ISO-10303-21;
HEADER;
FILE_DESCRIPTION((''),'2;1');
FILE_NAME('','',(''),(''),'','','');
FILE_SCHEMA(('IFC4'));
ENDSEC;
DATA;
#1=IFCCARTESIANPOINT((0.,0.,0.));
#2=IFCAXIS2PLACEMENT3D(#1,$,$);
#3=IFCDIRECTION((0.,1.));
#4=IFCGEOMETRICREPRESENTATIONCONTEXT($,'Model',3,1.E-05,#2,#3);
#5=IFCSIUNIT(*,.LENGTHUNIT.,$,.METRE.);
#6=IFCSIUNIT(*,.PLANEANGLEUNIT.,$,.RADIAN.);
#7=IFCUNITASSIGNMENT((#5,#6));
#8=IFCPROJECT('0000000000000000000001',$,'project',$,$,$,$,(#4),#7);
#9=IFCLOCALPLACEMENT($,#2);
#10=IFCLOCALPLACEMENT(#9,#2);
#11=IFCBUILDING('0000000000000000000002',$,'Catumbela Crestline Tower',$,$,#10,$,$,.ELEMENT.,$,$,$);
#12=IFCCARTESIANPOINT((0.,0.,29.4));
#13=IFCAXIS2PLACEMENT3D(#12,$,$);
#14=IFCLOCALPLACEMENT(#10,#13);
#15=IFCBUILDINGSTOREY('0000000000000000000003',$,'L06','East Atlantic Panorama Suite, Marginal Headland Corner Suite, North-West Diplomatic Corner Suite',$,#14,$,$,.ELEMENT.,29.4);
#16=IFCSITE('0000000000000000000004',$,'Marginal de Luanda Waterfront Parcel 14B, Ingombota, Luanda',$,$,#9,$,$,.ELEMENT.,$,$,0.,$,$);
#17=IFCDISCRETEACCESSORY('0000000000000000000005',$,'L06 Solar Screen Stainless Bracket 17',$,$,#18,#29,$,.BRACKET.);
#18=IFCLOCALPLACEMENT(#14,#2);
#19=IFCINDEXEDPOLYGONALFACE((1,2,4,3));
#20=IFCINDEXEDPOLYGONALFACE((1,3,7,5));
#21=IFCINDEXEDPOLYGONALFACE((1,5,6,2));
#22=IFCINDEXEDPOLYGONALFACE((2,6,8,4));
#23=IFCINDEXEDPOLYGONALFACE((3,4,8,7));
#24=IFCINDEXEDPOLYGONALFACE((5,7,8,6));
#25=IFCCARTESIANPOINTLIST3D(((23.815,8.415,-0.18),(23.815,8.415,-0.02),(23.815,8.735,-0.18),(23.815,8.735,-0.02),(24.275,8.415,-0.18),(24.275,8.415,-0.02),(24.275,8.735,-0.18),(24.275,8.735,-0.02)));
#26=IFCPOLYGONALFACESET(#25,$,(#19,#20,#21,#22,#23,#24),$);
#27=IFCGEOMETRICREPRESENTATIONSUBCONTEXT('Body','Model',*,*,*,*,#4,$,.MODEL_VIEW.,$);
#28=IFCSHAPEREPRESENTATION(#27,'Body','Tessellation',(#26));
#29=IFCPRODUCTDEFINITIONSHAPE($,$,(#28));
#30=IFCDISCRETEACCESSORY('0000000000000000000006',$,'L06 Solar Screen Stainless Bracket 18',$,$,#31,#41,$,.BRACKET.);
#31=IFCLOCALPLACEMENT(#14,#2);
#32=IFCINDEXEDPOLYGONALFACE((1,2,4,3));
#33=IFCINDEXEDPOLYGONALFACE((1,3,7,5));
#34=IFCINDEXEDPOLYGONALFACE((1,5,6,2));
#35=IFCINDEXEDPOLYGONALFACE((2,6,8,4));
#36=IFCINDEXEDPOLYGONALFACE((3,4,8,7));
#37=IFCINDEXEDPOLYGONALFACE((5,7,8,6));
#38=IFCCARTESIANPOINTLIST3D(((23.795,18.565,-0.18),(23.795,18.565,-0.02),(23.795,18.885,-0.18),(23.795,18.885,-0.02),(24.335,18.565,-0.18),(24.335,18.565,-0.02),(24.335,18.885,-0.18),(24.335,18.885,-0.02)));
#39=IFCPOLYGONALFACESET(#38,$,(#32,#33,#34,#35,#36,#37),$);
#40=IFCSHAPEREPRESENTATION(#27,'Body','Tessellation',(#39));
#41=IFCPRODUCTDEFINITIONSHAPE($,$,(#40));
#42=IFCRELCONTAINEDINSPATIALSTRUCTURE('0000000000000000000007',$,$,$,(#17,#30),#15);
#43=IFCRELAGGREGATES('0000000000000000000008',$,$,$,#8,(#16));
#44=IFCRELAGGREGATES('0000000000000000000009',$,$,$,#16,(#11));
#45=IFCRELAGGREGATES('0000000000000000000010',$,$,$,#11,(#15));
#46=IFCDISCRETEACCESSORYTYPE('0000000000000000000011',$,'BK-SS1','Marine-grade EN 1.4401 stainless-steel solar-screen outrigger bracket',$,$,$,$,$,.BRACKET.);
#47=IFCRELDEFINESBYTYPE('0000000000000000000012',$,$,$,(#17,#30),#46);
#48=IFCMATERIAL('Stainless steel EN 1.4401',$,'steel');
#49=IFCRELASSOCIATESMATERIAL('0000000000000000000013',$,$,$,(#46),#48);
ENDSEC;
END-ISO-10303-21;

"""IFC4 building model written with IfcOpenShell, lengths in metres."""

from ifc_helpers import new_model, si_unit, direction, frame, origin, origin_2d, place, context, subcontext, project, spatial, rectangle, extrude, material, type_object, element, save


model = new_model("IFC4")

# Units and contexts
model_context = context("Model", 3, precision=1e-05, world=origin(), true_north=direction((0.0, 1.0)))
body_context = subcontext(model_context, "Body", "Model", "MODEL_VIEW")
ifc_project = project(units=[si_unit("LENGTHUNIT", "METRE"), si_unit("PLANEANGLEUNIT", "RADIAN")], contexts=[model_context])

# Site, building, storey
site_placement = place(None, origin())
site = spatial("IfcSite", under=ifc_project, at=site_placement, Name="Marginal de Luanda Waterfront Parcel 14B, Ingombota, Luanda", CompositionType="ELEMENT", RefElevation=0.0)
building_placement = place(site_placement, origin())
building = spatial("IfcBuilding", under=site, at=building_placement, Name="Catumbela Crestline Tower", CompositionType="ELEMENT")
storey_placement = place(building_placement, frame((0.0, 0.0, 29.4)))
storey = spatial("IfcBuildingStorey", under=building, at=storey_placement, Name="L06", Description="East Atlantic Panorama Suite, Marginal Headland Corner Suite, North-West Diplomatic Corner Suite", CompositionType="ELEMENT", Elevation=29.4)

# Discrete accessories
ifc_material_1 = material(Name="Stainless steel EN 1.4401", Category="steel")
discrete_accessory_type = type_object("IfcDiscreteAccessoryType", Name="BK-SS1", Description="Marine-grade EN 1.4401 stainless-steel solar-screen outrigger bracket", PredefinedType="BRACKET", material=ifc_material_1)
discrete_accessory_1_placement = place(storey_placement, frame((24.045, 8.575, -0.18), z_axis=(0.0, 0.0, 1.0), x_axis=(0.0, 1.0, 0.0)))
element("IfcDiscreteAccessory", 1, at=discrete_accessory_1_placement, inside=storey, type_object=discrete_accessory_type, Name="L06 Solar Screen Stainless Bracket 17", PredefinedType="BRACKET", context=body_context, shape_type="SweptSolid", body=[
    extrude(rectangle(XDim=0.32, YDim=0.46, at=origin_2d()), origin(), (0.0, 0.0, 1.0), 0.16),
])
discrete_accessory_2_placement = place(storey_placement, frame((24.065, 18.725, -0.18), z_axis=(0.0, 0.0, 1.0), x_axis=(0.0, 1.0, 0.0)))
element("IfcDiscreteAccessory", 2, at=discrete_accessory_2_placement, inside=storey, type_object=discrete_accessory_type, Name="L06 Solar Screen Stainless Bracket 18", PredefinedType="BRACKET", context=body_context, shape_type="SweptSolid", body=[
    extrude(rectangle(XDim=0.32, YDim=0.54, at=origin_2d()), origin(), (0.0, 0.0, 1.0), 0.16),
])

save(model, "model.ifc")
